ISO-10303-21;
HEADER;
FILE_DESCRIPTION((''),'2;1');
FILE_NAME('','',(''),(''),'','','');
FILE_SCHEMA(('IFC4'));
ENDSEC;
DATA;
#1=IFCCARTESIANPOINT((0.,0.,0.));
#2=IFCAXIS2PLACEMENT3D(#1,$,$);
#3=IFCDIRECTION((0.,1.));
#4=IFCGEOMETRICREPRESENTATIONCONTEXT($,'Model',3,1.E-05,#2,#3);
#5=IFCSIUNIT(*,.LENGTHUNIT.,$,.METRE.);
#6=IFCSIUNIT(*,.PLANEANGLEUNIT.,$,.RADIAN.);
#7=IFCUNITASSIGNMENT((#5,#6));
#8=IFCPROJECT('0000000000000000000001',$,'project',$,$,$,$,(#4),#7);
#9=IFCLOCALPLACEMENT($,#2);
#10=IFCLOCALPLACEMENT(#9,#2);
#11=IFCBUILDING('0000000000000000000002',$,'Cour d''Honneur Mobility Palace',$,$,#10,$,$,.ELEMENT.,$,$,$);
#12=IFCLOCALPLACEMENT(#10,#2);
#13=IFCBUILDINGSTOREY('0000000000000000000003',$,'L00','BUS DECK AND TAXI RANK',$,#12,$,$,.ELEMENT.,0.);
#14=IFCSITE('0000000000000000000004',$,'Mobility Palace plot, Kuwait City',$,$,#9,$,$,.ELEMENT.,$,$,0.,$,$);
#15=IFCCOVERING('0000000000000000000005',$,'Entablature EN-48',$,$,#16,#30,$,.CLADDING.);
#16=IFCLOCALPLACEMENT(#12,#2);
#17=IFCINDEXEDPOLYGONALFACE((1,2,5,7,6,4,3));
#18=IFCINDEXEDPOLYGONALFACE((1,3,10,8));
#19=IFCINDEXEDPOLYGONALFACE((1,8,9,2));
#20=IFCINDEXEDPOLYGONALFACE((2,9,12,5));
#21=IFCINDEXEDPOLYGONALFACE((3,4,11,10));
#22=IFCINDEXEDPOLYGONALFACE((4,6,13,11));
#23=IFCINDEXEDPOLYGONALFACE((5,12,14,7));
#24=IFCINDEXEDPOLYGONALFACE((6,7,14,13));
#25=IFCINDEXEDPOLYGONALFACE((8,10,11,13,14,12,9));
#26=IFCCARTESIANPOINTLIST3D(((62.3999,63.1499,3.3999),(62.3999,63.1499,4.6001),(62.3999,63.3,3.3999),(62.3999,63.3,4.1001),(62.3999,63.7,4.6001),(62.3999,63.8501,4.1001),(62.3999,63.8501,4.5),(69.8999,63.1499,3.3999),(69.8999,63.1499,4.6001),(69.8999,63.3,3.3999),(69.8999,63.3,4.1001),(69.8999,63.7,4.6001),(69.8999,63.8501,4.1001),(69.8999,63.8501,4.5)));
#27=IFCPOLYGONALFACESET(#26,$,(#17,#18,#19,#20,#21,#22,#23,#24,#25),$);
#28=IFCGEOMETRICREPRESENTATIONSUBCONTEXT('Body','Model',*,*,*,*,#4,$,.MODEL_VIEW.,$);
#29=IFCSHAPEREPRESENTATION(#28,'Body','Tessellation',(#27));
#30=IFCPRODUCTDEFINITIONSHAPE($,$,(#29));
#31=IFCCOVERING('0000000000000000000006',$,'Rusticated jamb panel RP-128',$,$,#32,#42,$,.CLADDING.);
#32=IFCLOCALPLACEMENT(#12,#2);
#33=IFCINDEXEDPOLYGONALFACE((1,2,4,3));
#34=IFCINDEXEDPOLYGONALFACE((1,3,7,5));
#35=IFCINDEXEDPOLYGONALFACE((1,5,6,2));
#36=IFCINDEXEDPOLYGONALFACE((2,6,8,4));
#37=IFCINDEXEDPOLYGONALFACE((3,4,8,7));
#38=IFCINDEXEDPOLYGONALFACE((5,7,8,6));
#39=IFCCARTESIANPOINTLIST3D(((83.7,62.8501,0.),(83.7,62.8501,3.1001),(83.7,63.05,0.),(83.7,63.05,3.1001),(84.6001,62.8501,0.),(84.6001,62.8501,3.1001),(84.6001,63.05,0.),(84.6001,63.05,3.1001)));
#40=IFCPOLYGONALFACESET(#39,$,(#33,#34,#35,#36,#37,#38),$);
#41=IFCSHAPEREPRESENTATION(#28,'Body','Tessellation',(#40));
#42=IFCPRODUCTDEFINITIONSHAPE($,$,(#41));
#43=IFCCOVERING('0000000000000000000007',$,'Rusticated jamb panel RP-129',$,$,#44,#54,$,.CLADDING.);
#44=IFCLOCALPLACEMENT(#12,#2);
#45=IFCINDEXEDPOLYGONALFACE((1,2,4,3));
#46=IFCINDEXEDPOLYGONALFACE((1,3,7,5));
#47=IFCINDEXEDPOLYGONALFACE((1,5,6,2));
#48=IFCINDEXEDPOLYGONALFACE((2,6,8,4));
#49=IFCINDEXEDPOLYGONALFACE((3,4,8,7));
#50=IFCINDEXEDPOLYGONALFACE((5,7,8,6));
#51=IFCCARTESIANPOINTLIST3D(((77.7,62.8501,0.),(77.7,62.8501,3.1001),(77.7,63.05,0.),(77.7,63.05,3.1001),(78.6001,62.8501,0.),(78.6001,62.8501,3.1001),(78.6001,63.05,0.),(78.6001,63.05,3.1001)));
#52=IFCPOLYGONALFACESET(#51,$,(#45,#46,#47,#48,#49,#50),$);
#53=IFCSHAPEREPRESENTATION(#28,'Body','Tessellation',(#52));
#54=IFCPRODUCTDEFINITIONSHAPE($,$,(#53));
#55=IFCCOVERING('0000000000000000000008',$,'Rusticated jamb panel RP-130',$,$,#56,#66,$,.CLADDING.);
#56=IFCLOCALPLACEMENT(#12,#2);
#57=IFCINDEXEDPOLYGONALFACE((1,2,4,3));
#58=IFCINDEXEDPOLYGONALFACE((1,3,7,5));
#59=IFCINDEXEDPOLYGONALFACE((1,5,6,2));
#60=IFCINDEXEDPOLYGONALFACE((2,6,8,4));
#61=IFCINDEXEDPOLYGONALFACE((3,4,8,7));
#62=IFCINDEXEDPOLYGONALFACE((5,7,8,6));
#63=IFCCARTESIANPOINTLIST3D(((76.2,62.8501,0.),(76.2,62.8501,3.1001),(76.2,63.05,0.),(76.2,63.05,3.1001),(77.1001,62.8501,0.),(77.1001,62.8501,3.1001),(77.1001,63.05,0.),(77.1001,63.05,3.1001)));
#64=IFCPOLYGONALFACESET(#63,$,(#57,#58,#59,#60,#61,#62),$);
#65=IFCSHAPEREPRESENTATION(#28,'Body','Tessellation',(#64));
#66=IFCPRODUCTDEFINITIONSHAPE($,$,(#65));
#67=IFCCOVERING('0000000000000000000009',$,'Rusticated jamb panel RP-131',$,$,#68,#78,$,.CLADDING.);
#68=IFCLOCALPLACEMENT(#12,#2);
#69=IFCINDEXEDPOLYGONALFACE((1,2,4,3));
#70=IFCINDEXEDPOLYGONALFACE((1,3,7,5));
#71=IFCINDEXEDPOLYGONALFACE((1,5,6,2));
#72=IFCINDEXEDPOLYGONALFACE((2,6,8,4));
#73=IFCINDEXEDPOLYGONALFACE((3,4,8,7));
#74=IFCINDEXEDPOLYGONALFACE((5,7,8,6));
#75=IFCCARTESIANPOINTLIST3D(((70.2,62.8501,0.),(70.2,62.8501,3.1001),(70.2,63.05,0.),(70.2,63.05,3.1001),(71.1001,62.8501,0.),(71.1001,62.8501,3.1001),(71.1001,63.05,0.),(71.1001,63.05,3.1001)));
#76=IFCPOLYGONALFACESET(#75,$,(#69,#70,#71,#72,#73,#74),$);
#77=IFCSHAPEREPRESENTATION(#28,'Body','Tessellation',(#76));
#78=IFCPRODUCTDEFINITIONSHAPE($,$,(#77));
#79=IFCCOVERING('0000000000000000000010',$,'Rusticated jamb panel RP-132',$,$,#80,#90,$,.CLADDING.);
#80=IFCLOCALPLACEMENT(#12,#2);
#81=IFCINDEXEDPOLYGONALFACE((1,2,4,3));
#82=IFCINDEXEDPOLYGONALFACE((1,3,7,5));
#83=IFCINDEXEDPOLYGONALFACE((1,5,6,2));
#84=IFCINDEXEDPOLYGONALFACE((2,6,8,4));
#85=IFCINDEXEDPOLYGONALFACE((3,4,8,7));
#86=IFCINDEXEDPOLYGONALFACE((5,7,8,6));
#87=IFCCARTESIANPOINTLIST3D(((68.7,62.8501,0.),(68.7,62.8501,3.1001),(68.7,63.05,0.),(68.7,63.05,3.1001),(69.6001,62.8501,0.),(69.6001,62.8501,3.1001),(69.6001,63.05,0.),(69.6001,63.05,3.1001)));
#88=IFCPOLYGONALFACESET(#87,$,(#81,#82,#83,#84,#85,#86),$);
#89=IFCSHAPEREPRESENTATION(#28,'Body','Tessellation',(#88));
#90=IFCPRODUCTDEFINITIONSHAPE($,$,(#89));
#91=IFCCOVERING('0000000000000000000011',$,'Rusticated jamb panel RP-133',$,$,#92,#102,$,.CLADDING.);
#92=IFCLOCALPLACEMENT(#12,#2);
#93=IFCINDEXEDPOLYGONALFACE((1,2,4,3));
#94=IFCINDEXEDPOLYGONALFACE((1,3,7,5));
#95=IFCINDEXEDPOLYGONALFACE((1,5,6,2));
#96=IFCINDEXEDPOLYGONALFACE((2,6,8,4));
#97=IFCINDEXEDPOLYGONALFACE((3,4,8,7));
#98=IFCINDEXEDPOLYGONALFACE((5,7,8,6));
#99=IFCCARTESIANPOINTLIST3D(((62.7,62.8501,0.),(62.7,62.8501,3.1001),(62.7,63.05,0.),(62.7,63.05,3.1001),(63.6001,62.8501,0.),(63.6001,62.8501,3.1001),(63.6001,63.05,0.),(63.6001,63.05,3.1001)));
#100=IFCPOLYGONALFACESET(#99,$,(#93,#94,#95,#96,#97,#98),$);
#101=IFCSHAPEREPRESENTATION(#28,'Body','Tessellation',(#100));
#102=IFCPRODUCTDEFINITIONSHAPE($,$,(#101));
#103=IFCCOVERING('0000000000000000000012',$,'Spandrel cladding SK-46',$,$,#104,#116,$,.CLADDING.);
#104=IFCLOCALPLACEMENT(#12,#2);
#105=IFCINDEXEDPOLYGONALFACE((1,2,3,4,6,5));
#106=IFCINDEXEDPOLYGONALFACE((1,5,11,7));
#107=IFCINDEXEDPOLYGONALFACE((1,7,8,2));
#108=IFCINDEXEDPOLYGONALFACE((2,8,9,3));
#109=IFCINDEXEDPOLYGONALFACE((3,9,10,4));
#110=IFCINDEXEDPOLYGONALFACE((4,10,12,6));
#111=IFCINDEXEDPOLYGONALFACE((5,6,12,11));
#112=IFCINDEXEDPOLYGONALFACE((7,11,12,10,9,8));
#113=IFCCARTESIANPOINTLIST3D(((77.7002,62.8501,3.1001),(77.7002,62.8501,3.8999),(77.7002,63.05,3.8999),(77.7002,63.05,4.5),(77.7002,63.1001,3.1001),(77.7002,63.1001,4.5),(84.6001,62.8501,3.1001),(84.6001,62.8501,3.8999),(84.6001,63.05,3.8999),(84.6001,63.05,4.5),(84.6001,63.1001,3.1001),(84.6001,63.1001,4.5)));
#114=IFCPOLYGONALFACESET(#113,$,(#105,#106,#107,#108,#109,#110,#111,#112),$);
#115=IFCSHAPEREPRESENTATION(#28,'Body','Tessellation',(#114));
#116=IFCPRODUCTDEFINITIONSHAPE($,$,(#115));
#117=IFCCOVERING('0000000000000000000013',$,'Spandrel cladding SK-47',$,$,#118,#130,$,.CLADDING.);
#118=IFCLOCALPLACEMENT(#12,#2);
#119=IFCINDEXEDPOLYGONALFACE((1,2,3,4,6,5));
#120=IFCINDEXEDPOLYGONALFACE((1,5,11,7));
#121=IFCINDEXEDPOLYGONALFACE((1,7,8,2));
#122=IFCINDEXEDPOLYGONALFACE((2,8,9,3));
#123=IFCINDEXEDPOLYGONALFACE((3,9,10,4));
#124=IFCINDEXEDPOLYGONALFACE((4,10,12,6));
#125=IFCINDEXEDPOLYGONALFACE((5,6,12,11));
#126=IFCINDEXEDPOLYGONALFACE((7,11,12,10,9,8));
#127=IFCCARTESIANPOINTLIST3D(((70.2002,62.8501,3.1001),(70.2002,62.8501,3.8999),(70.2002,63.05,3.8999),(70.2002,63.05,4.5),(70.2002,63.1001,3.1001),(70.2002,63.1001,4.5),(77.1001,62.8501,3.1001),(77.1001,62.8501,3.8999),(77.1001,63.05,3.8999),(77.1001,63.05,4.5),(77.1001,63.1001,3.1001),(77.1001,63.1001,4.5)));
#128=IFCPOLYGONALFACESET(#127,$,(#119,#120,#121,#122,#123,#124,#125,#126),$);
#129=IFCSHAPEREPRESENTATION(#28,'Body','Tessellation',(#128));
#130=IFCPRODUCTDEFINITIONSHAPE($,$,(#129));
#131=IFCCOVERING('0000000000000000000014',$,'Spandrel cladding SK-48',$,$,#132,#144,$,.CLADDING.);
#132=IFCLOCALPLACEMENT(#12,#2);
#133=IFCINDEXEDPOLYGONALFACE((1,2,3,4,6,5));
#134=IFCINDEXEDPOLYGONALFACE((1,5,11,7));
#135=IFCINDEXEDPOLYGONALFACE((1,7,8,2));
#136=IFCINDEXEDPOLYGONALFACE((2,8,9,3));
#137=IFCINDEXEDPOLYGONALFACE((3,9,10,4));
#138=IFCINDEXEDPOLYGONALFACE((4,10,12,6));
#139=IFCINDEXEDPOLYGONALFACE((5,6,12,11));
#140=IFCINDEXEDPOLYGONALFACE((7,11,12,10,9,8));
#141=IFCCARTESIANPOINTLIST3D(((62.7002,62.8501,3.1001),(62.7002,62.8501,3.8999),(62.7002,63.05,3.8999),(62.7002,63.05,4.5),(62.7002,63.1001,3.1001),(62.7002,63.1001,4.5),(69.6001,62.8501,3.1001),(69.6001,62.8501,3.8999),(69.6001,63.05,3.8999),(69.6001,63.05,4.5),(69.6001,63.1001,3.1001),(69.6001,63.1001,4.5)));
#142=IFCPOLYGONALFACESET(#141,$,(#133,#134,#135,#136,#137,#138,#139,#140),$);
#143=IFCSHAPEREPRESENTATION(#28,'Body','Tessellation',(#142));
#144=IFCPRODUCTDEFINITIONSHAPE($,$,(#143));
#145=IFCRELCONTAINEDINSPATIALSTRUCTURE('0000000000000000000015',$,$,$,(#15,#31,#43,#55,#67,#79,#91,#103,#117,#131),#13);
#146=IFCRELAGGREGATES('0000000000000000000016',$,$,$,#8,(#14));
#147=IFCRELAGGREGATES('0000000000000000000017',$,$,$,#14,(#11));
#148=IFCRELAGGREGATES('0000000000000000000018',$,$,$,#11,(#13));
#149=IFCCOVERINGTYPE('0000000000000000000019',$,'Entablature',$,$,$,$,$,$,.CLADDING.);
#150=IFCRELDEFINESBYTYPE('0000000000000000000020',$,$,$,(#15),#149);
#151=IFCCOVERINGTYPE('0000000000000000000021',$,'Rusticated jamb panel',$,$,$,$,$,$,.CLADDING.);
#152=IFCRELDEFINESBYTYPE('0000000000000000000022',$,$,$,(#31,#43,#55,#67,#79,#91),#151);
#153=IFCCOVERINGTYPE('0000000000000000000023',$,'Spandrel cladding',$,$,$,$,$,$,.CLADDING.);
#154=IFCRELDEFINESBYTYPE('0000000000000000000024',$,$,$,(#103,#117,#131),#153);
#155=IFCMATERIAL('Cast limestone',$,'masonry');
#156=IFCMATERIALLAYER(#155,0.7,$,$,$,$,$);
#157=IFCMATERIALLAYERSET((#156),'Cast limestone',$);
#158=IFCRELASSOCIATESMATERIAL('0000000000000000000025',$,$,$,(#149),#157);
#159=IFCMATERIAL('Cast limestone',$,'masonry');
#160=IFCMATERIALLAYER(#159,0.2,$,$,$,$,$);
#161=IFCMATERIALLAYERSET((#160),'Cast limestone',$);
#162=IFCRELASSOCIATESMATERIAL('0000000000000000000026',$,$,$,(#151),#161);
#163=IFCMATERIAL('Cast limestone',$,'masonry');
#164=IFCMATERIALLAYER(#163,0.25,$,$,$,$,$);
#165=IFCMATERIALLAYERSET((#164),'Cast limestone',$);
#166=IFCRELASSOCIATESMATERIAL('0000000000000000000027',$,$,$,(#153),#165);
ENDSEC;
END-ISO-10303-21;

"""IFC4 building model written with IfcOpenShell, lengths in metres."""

from ifc_helpers import new_model, si_unit, direction, frame, origin, place, context, subcontext, project, spatial, polyline, outline, extrude, material, layer, layer_set, type_object, element, save


model = new_model("IFC4")

# Units and contexts
model_context = context("Model", 3, precision=1e-05, world=origin(), true_north=direction((0.0, 1.0)))
body_context = subcontext(model_context, "Body", "Model", "MODEL_VIEW")
ifc_project = project(units=[si_unit("LENGTHUNIT", "METRE"), si_unit("PLANEANGLEUNIT", "RADIAN")], contexts=[model_context])

# Site, building, storey
site_placement = place(None, origin())
site = spatial("IfcSite", under=ifc_project, at=site_placement, Name="Mobility Palace plot, Kuwait City", CompositionType="ELEMENT", RefElevation=0.0)
building_placement = place(site_placement, origin())
building = spatial("IfcBuilding", under=site, at=building_placement, Name="Cour d'Honneur Mobility Palace", CompositionType="ELEMENT")
storey_placement = place(building_placement, origin())
storey = spatial("IfcBuildingStorey", under=building, at=storey_placement, Name="L00", Description="BUS DECK AND TAXI RANK", CompositionType="ELEMENT", Elevation=0.0)

# Coverings
ifc_material_1 = material(Name="Cast limestone", Category="masonry")
ifc_layer_1 = layer(ifc_material_1, 0.7)
ifc_layer_set_1 = layer_set([ifc_layer_1], Name="Cast limestone")
covering_type_1 = type_object("IfcCoveringType", Name="Entablature", PredefinedType="CLADDING", material=ifc_layer_set_1)
for number, where, z_axis, x_axis, name in (
    (1, (69.8999, 63.1499, 3.3999), (1.0, 0.0, 0.0), (0.0, 1.0, 0.0), "Entablature EN-48"),
):
    element("IfcCovering", number, at=place(storey_placement, frame(where, z_axis=z_axis, x_axis=x_axis)), inside=storey, type_object=covering_type_1, Name=name, PredefinedType="CLADDING", context=body_context, shape_type="SweptSolid", body=[
        extrude(outline(polyline([(0.0, 0.0), (0.1501, 0.0), (0.1501, 0.7002), (0.7002, 0.7002), (0.7002, 1.1001), (0.55, 1.2002), (0.0, 1.2002), (0.0, 0.0)])), origin(), (0.0, 0.0, -1.0), 7.5),
    ])
ifc_material_2 = material(Name="Cast limestone", Category="masonry")
ifc_layer_2 = layer(ifc_material_2, 0.2)
ifc_layer_set_2 = layer_set([ifc_layer_2], Name="Cast limestone")
covering_type_2 = type_object("IfcCoveringType", Name="Rusticated jamb panel", PredefinedType="CLADDING", material=ifc_layer_set_2)
for number, where, z_axis, x_axis, name in (
    (2, (84.6001, 63.05, 0.0), (0.0, 1.0, 0.0), (-1.0, 0.0, 0.0), "Rusticated jamb panel RP-128"),
    (3, (78.6001, 63.05, 0.0), (0.0, 1.0, 0.0), (-1.0, 0.0, 0.0), "Rusticated jamb panel RP-129"),
    (4, (77.1001, 63.05, 0.0), (0.0, 1.0, 0.0), (-1.0, 0.0, 0.0), "Rusticated jamb panel RP-130"),
    (5, (71.1001, 63.05, 0.0), (0.0, 1.0, 0.0), (-1.0, 0.0, 0.0), "Rusticated jamb panel RP-131"),
    (6, (69.6001, 63.05, 0.0), (0.0, 1.0, 0.0), (-1.0, 0.0, 0.0), "Rusticated jamb panel RP-132"),
    (7, (63.6001, 63.05, 0.0), (0.0, 1.0, 0.0), (-1.0, 0.0, 0.0), "Rusticated jamb panel RP-133"),
):
    element("IfcCovering", number, at=place(storey_placement, frame(where, z_axis=z_axis, x_axis=x_axis)), inside=storey, type_object=covering_type_2, Name=name, PredefinedType="CLADDING", context=body_context, shape_type="SweptSolid", body=[
        extrude(outline(polyline([(0.0, 0.0), (0.9001, 0.0), (0.9001, 3.1001), (0.0, 3.1001), (0.0, 0.0)])), origin(), (0.0, 0.0, -1.0), 0.2),
    ])
ifc_material_3 = material(Name="Cast limestone", Category="masonry")
ifc_layer_3 = layer(ifc_material_3, 0.25)
ifc_layer_set_3 = layer_set([ifc_layer_3], Name="Cast limestone")
covering_type_3 = type_object("IfcCoveringType", Name="Spandrel cladding", PredefinedType="CLADDING", material=ifc_layer_set_3)
for number, where, z_axis, x_axis, name in (
    (8, (84.6001, 62.8501, 3.1001), (1.0, 0.0, 0.0), (0.0, 1.0, 0.0), "Spandrel cladding SK-46"),
    (9, (77.1001, 62.8501, 3.1001), (1.0, 0.0, 0.0), (0.0, 1.0, 0.0), "Spandrel cladding SK-47"),
    (10, (69.6001, 62.8501, 3.1001), (1.0, 0.0, 0.0), (0.0, 1.0, 0.0), "Spandrel cladding SK-48"),
):
    element("IfcCovering", number, at=place(storey_placement, frame(where, z_axis=z_axis, x_axis=x_axis)), inside=storey, type_object=covering_type_3, Name=name, PredefinedType="CLADDING", context=body_context, shape_type="SweptSolid", body=[
        extrude(outline(polyline([(0.0, 0.0), (0.25, 0.0), (0.25, 1.3999), (0.2, 1.3999), (0.2, 0.7998), (0.0, 0.7998), (0.0, 0.0)])), origin(), (0.0, 0.0, -1.0), 6.8999),
    ])

save(model, "model.ifc")
